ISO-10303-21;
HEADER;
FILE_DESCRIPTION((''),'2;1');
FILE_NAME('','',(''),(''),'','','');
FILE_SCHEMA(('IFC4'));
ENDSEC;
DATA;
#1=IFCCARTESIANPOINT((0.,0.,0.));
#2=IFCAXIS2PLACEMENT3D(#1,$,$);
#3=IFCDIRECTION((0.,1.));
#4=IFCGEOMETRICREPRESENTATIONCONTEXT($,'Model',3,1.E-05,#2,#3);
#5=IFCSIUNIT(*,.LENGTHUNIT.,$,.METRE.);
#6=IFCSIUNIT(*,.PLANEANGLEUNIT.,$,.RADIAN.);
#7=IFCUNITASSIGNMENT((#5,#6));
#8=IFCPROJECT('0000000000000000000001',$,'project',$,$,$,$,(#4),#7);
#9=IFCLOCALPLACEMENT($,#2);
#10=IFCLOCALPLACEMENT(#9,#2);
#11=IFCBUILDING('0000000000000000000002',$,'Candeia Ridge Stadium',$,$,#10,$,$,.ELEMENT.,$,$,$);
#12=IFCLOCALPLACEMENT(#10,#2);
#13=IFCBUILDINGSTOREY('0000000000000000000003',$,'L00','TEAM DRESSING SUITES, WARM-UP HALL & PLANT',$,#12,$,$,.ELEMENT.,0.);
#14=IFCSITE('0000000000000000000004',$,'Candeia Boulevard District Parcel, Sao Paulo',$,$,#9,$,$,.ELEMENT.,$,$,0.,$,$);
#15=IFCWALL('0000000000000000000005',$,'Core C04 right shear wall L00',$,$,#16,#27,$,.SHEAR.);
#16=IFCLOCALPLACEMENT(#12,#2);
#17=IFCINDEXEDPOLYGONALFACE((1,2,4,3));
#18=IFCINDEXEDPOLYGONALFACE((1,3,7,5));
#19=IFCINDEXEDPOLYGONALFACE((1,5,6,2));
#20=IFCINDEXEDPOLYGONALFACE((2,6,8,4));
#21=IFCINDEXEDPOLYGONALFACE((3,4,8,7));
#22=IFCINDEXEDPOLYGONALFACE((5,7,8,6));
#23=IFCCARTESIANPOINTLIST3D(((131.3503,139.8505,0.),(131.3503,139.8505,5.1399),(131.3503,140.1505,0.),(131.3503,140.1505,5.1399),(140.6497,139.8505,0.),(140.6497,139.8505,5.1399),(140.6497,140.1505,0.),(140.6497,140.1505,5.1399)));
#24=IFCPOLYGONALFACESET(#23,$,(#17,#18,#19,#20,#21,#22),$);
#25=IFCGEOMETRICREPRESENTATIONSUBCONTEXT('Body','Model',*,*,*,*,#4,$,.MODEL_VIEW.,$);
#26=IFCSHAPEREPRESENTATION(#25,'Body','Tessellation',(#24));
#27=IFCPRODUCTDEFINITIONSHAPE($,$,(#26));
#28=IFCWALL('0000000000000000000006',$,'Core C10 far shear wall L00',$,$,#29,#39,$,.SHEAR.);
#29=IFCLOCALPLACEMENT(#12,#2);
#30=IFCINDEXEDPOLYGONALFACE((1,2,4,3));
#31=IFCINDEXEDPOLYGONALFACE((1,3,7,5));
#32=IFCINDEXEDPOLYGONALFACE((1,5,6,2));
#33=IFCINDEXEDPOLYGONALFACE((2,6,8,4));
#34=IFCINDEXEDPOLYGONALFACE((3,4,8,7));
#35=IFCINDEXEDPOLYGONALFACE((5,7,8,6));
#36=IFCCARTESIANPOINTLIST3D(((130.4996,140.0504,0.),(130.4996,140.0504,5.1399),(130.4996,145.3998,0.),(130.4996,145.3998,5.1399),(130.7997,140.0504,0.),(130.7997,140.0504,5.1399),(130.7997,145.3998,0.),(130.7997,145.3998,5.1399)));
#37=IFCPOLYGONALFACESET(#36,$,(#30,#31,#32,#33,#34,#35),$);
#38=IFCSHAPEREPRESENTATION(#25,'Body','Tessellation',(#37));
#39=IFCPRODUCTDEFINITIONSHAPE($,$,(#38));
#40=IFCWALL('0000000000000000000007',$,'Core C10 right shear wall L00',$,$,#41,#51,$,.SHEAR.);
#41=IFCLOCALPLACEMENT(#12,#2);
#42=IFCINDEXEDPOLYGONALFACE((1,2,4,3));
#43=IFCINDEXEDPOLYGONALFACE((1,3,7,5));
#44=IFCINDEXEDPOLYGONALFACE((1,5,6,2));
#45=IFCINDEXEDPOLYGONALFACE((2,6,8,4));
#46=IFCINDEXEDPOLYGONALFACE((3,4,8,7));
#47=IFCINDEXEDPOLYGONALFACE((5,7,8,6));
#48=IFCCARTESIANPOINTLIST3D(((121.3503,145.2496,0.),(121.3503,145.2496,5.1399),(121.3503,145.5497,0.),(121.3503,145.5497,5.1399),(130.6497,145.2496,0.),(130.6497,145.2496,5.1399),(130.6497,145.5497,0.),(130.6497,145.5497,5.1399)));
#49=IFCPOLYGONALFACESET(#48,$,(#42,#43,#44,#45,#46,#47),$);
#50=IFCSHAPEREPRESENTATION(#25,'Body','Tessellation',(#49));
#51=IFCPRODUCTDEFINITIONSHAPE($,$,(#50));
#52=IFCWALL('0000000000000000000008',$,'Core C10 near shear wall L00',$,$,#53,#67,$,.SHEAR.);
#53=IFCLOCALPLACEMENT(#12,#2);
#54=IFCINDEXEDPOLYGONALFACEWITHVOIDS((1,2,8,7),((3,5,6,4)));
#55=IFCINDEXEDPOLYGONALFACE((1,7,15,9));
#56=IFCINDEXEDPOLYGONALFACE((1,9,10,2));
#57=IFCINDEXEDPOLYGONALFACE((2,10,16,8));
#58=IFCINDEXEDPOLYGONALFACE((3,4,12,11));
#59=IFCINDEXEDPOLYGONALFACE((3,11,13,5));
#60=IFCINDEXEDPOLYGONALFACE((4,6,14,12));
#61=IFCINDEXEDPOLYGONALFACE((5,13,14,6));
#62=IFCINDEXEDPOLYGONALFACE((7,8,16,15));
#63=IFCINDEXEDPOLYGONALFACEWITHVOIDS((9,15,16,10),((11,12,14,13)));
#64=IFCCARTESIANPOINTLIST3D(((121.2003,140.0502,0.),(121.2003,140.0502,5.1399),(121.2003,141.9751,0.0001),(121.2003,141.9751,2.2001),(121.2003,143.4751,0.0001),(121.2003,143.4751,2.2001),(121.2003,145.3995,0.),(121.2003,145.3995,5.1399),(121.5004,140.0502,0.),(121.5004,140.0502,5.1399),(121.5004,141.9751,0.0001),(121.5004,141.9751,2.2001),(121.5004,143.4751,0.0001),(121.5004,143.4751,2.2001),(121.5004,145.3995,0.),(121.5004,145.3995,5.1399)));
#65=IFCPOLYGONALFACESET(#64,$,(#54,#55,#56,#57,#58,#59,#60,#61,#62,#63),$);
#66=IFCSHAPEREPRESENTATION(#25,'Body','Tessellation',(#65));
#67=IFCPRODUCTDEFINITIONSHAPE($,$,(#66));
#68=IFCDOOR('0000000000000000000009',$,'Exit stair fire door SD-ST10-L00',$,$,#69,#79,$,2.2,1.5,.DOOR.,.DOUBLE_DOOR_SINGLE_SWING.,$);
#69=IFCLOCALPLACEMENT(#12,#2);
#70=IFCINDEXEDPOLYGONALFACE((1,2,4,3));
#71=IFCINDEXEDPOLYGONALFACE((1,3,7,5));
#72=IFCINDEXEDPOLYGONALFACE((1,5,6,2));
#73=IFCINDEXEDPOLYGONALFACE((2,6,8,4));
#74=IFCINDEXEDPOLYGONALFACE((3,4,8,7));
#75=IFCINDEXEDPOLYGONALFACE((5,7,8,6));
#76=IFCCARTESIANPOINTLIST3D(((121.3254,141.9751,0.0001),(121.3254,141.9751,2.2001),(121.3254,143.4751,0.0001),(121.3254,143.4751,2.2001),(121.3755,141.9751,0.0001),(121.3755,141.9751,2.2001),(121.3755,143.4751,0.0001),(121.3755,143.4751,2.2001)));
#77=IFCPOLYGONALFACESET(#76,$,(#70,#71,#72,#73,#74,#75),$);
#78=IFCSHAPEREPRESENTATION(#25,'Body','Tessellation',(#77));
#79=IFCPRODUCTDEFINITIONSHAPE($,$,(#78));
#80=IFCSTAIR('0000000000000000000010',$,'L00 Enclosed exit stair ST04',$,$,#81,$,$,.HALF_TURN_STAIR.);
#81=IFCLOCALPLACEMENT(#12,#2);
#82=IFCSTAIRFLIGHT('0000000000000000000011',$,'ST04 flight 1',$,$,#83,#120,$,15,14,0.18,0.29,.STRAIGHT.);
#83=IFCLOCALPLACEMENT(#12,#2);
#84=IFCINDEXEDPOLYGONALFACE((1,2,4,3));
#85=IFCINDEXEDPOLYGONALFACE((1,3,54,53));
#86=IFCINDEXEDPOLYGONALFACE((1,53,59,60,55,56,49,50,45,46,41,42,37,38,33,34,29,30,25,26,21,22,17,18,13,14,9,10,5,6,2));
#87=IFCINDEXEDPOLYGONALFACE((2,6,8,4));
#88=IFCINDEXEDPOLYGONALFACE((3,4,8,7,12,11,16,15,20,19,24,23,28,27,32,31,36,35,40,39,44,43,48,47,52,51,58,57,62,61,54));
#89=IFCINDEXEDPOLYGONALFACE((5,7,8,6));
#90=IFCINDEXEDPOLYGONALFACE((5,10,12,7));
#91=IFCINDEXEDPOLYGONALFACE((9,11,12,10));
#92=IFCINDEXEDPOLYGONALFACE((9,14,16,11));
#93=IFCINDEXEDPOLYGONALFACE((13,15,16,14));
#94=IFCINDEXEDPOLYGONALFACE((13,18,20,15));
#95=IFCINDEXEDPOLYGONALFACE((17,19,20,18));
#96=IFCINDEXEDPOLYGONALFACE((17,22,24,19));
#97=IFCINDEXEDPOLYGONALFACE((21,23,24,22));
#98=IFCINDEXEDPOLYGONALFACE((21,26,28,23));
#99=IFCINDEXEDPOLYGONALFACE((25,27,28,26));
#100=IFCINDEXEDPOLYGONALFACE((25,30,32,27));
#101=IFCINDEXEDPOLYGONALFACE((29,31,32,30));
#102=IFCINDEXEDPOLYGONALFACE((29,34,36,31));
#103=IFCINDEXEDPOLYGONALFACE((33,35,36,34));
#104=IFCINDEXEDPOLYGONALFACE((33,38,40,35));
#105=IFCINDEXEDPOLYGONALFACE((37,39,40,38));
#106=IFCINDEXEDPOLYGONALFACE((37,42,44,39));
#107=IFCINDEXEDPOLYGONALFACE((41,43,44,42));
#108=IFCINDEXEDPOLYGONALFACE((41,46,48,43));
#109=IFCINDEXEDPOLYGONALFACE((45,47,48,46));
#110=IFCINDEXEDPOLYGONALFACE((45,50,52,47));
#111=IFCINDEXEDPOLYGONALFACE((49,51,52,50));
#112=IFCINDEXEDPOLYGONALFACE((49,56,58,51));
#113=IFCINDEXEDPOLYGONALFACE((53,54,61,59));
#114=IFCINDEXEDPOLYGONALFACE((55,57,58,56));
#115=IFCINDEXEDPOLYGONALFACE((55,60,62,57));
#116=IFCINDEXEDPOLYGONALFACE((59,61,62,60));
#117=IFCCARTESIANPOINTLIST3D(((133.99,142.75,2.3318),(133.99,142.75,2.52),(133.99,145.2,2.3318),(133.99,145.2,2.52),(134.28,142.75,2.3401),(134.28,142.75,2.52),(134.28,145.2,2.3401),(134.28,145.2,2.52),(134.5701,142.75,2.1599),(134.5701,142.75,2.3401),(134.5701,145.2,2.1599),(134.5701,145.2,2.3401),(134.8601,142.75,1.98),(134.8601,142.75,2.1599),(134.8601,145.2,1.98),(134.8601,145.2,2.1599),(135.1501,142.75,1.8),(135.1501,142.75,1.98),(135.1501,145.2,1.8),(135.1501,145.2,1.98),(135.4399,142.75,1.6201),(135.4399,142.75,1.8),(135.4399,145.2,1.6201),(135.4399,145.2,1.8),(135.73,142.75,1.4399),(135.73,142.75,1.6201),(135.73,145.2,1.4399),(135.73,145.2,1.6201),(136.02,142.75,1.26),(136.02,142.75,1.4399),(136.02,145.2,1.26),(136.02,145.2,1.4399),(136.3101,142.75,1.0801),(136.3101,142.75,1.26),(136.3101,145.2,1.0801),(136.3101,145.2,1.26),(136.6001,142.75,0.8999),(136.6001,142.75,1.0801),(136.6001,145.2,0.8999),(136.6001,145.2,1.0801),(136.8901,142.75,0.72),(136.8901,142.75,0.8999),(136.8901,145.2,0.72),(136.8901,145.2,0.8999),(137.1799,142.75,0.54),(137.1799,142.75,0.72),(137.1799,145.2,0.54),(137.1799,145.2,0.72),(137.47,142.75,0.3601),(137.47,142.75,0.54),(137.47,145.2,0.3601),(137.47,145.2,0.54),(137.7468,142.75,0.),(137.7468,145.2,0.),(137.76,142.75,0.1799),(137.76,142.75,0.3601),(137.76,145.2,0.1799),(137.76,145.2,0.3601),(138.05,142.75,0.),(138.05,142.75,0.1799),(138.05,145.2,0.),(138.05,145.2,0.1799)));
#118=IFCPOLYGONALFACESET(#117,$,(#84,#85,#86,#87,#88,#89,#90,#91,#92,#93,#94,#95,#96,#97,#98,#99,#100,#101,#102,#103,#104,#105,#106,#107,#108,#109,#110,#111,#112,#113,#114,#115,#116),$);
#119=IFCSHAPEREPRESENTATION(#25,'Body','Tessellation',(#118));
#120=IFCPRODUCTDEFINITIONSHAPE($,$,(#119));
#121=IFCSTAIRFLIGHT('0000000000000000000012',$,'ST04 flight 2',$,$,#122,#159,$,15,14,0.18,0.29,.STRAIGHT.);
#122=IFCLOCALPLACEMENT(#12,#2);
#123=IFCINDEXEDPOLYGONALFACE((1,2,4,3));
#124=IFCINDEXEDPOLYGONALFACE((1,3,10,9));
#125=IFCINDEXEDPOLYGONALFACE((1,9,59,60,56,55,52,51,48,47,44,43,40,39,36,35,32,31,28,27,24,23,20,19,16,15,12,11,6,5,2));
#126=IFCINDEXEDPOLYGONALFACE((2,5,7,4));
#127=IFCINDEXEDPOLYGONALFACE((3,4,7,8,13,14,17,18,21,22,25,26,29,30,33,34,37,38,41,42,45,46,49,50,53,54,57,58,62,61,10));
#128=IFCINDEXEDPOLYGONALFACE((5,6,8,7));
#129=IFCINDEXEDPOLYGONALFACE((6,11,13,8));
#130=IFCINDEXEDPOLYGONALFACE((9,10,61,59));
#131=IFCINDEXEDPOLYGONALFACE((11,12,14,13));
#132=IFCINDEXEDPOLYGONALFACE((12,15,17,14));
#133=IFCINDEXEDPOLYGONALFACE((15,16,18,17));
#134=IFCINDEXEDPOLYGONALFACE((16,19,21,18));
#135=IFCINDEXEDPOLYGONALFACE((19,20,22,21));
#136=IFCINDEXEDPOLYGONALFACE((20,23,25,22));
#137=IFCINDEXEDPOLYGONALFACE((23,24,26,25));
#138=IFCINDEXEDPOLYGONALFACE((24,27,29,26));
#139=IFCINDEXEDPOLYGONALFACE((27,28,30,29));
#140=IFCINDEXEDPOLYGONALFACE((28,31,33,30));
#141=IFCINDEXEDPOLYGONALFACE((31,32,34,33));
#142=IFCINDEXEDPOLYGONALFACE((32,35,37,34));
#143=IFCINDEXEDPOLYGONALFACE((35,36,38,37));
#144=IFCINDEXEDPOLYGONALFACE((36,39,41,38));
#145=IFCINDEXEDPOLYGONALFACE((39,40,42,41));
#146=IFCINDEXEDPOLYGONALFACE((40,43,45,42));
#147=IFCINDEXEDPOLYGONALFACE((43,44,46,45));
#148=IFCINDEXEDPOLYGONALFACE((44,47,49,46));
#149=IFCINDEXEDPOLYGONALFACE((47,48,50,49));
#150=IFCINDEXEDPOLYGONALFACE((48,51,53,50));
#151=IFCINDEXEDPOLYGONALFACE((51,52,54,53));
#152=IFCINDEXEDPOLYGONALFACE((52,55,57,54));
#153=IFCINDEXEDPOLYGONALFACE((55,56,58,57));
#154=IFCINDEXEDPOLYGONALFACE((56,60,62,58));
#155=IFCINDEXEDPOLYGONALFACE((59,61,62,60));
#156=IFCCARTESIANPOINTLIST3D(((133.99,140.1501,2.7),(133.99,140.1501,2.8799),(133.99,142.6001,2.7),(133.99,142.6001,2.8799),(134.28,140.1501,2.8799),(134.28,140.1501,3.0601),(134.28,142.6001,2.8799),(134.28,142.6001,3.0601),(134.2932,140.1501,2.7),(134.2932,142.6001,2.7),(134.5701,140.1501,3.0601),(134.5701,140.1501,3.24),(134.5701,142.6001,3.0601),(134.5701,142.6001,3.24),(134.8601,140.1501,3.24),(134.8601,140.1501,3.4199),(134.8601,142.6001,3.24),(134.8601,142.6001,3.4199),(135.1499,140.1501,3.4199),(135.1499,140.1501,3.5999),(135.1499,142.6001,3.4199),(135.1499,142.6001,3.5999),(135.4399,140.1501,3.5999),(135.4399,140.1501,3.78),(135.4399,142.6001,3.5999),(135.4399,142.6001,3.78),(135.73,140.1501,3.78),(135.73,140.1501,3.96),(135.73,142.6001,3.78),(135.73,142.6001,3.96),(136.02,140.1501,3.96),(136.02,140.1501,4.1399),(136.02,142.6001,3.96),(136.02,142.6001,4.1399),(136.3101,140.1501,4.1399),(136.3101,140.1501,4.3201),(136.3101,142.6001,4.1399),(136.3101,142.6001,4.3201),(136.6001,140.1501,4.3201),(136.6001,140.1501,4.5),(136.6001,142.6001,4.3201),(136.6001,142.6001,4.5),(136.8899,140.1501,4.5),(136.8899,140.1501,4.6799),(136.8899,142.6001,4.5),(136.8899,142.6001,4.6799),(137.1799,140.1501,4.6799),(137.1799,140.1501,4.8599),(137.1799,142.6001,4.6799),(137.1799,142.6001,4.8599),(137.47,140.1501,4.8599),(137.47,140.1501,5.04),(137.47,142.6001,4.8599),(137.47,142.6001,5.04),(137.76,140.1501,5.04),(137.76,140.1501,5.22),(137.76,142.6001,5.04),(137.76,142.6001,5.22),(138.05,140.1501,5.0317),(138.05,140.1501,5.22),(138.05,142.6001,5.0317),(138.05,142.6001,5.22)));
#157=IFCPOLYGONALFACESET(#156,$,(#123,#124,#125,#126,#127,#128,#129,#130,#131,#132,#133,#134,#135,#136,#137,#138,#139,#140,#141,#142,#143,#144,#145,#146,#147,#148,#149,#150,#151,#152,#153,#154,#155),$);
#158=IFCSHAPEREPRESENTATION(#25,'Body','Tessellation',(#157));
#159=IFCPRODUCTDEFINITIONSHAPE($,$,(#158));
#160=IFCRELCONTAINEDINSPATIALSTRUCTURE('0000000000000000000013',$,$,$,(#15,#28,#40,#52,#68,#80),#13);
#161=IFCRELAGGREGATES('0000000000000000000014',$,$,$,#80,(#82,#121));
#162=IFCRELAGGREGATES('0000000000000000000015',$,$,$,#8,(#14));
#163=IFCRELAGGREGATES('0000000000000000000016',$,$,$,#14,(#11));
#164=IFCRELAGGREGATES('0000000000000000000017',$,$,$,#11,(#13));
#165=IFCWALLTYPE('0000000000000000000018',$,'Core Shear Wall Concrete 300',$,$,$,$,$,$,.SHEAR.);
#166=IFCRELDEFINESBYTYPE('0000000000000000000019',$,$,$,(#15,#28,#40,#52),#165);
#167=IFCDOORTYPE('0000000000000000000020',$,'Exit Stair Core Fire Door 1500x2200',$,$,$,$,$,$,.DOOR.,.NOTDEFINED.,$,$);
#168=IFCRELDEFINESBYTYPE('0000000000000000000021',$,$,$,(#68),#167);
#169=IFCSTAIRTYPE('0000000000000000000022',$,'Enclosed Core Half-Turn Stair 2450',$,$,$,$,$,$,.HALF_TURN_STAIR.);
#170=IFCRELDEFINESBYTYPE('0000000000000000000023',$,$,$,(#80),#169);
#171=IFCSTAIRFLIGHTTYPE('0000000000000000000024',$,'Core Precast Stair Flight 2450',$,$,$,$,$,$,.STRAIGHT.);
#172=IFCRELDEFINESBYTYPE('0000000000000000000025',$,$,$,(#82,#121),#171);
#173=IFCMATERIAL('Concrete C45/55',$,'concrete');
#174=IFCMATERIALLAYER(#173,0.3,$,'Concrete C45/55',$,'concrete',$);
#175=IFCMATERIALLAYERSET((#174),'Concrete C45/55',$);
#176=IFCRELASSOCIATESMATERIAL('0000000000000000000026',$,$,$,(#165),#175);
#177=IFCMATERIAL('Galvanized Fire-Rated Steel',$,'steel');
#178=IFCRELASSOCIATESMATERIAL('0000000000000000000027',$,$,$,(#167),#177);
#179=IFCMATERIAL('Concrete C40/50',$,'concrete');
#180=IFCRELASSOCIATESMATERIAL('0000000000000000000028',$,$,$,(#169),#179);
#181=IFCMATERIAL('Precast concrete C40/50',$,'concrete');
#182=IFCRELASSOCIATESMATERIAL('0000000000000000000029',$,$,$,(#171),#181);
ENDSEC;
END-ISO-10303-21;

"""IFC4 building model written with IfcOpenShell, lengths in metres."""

from ifc_helpers import new_model, si_unit, direction, frame, frame_2d, origin, place, context, subcontext, project, spatial, polyline, rectangle, outline, extrude, material, layer, layer_set, type_object, element, fill, aggregate, save


model = new_model("IFC4")

# Units and contexts
model_context = context("Model", 3, precision=1e-05, world=origin(), true_north=direction((0.0, 1.0)))
body_context = subcontext(model_context, "Body", "Model", "MODEL_VIEW")
ifc_project = project(units=[si_unit("LENGTHUNIT", "METRE"), si_unit("PLANEANGLEUNIT", "RADIAN")], contexts=[model_context])

# Site, building, storey
site_placement = place(None, origin())
site = spatial("IfcSite", under=ifc_project, at=site_placement, Name="Candeia Boulevard District Parcel, Sao Paulo", CompositionType="ELEMENT", RefElevation=0.0)
building_placement = place(site_placement, origin())
building = spatial("IfcBuilding", under=site, at=building_placement, Name="Candeia Ridge Stadium", CompositionType="ELEMENT")
storey_placement = place(building_placement, origin())
storey = spatial("IfcBuildingStorey", under=building, at=storey_placement, Name="L00", Description="TEAM DRESSING SUITES, WARM-UP HALL & PLANT", CompositionType="ELEMENT", Elevation=0.0)

# Shared definitions
ifc_material_1 = material(Name="Concrete C40/50", Category="concrete")

# Walls
ifc_material_2 = material(Name="Concrete C45/55", Category="concrete")
ifc_layer_1 = layer(ifc_material_2, 0.3, Name="Concrete C45/55", Category="concrete")
ifc_layer_set_1 = layer_set([ifc_layer_1], Name="Concrete C45/55")
wall_type = type_object("IfcWallType", Name="Core Shear Wall Concrete 300", PredefinedType="SHEAR", material=ifc_layer_set_1)
wall_1_placement = place(storey_placement, frame((131.3503, 140.0005, 0.0), z_axis=(0.0, 0.0, 1.0), x_axis=(1.0, 0.0, 0.0)))
element("IfcWall", 1, at=wall_1_placement, inside=storey, type_object=wall_type, Name="Core C04 right shear wall L00", PredefinedType="SHEAR", context=body_context, shape_type="SweptSolid", body=[
    extrude(rectangle(XDim=9.2993, YDim=0.3, at=frame_2d((4.6497, 0.0))), origin(), (0.0, 0.0, 1.0), 5.1399),
])
wall_2_placement = place(storey_placement, frame((130.6497, 140.0503, 0.0), z_axis=(0.0, 0.0, 1.0), x_axis=(0.0, 1.0, 0.0)))
element("IfcWall", 2, at=wall_2_placement, inside=storey, type_object=wall_type, Name="Core C10 far shear wall L00", PredefinedType="SHEAR", context=body_context, shape_type="SweptSolid", body=[
    extrude(rectangle(XDim=5.3494, YDim=0.3, at=frame_2d((2.6748, 0.0))), origin(), (0.0, 0.0, 1.0), 5.1399),
])
wall_3_placement = place(storey_placement, frame((130.6497, 145.3997, 0.0), z_axis=(0.0, 0.0, 1.0), x_axis=(-1.0, 0.0, 0.0)))
element("IfcWall", 3, at=wall_3_placement, inside=storey, type_object=wall_type, Name="Core C10 right shear wall L00", PredefinedType="SHEAR", context=body_context, shape_type="SweptSolid", body=[
    extrude(rectangle(XDim=9.2993, YDim=0.3, at=frame_2d((4.6497, 0.0))), origin(), (0.0, 0.0, 1.0), 5.1399),
])

# Wall, opening, door
wall_4_placement = place(storey_placement, frame((121.3503, 145.3997, 0.0), z_axis=(0.0, 0.0, 1.0), x_axis=(0.0, -1.0, 0.0)))
wall_4 = element("IfcWall", 4, at=wall_4_placement, inside=storey, type_object=wall_type, Name="Core C10 near shear wall L00", PredefinedType="SHEAR", context=body_context, shape_type="SweptSolid", body=[
    extrude(rectangle(XDim=5.3494, YDim=0.3, at=frame_2d((2.6748, 0.0))), origin(), (0.0, 0.0, 1.0), 5.1399),
])
opening_placement = place(wall_4_placement, frame((1.9246, 0.0, 0.0)))
opening = element("IfcOpeningElement", 5, at=opening_placement, cuts=wall_4, PredefinedType="OPENING", context=body_context, shape_type="SweptSolid", body=[
    extrude(rectangle(XDim=1.5, YDim=2.2, at=frame_2d((0.75, 1.1001))), frame((0.0, 0.1599, 0.0), z_axis=(0.0, -1.0, 0.0), x_axis=(1.0, 0.0, 0.0)), (0.0, 0.0, 1.0), 0.3201),
])
ifc_material_3 = material(Name="Galvanized Fire-Rated Steel", Category="steel")
door_type = type_object("IfcDoorType", Name="Exit Stair Core Fire Door 1500x2200", OperationType="NOTDEFINED", PredefinedType="DOOR", material=ifc_material_3)
door_placement = place(opening_placement, frame((1.5, 0.0, 0.0), z_axis=(0.0, 0.0, 1.0), x_axis=(-1.0, 0.0, 0.0)))
door = element("IfcDoor", 6, at=door_placement, inside=storey, type_object=door_type, Name="Exit stair fire door SD-ST10-L00", OperationType="DOUBLE_DOOR_SINGLE_SWING", OverallHeight=2.2, OverallWidth=1.5, PredefinedType="DOOR", context=body_context, shape_type="SweptSolid", body=[
    extrude(rectangle(XDim=1.5, YDim=2.2, at=frame_2d((0.75, 1.1001))), frame((0.0, 0.0249, 0.0), z_axis=(0.0, -1.0, 0.0), x_axis=(1.0, 0.0, 0.0)), (0.0, 0.0, 1.0), 0.05),
])
fill(opening, door)

# Stair, stair flights
stair_type = type_object("IfcStairType", Name="Enclosed Core Half-Turn Stair 2450", PredefinedType="HALF_TURN_STAIR", material=ifc_material_1)
stair_1_placement = place(storey_placement, origin())
stair_1 = element("IfcStair", 7, at=stair_1_placement, inside=storey, type_object=stair_type, Name="L00 Enclosed exit stair ST04", PredefinedType="HALF_TURN_STAIR")
ifc_material_4 = material(Name="Precast concrete C40/50", Category="concrete")
stair_flight_type = type_object("IfcStairFlightType", Name="Core Precast Stair Flight 2450", PredefinedType="STRAIGHT", material=ifc_material_4)
stair_flight_1_placement = place(storey_placement, frame((138.05, 143.9751, 0.0), z_axis=(0.0, 0.0, 1.0), x_axis=(-1.0, 0.0, 0.0)))
stair_flight_1 = element("IfcStairFlight", 8, at=stair_flight_1_placement, type_object=stair_flight_type, Name="ST04 flight 1", NumberOfRisers=15, NumberOfTreads=14, PredefinedType="STRAIGHT", RiserHeight=0.18, TreadLength=0.29, context=body_context, shape_type="SweptSolid", body=[
    extrude(outline(polyline([(0.0, 0.0), (0.0, 0.1799), (0.29, 0.1799), (0.29, 0.3601), (0.5801, 0.3601), (0.5801, 0.54), (0.8701, 0.54), (0.8701, 0.72), (1.1599, 0.72), (1.1599, 0.8999), (1.45, 0.8999), (1.45, 1.0801), (1.74, 1.0801), (1.74, 1.26), (2.03, 1.26), (2.03, 1.4399), (2.3201, 1.4399), (2.3201, 1.6201), (2.6101, 1.6201), (2.6101, 1.8), (2.8999, 1.8), (2.8999, 1.98), (3.1899, 1.98), (3.1899, 2.1599), (3.48, 2.1599), (3.48, 2.3401), (3.77, 2.3401), (3.77, 2.52), (4.0601, 2.52), (4.0601, 2.7), (4.0601, 2.3318), (0.3032, 0.0), (0.0, 0.0)])), frame((0.0, 1.2251, 0.0), z_axis=(0.0, -1.0, 0.0), x_axis=(1.0, 0.0, 0.0)), (0.0, 0.0, 1.0), 2.45),
])
stair_flight_2_placement = place(storey_placement, frame((133.99, 141.375, 2.7), z_axis=(0.0, 0.0, 1.0), x_axis=(1.0, 0.0, 0.0)))
stair_flight_2 = element("IfcStairFlight", 9, at=stair_flight_2_placement, type_object=stair_flight_type, Name="ST04 flight 2", NumberOfRisers=15, NumberOfTreads=14, PredefinedType="STRAIGHT", RiserHeight=0.18, TreadLength=0.29, context=body_context, shape_type="SweptSolid", body=[
    extrude(outline(polyline([(0.0, 0.0), (0.0, 0.1799), (0.29, 0.1799), (0.29, 0.3601), (0.5801, 0.3601), (0.5801, 0.54), (0.8701, 0.54), (0.8701, 0.72), (1.1599, 0.72), (1.1599, 0.8999), (1.45, 0.8999), (1.45, 1.0801), (1.74, 1.0801), (1.74, 1.26), (2.03, 1.26), (2.03, 1.4399), (2.3201, 1.4399), (2.3201, 1.6201), (2.6101, 1.6201), (2.6101, 1.8), (2.8999, 1.8), (2.8999, 1.98), (3.1899, 1.98), (3.1899, 2.1599), (3.48, 2.1599), (3.48, 2.3401), (3.77, 2.3401), (3.77, 2.52), (4.0601, 2.52), (4.0601, 2.7), (4.0601, 2.3318), (0.3032, 0.0), (0.0, 0.0)])), frame((0.0, 1.2251, 0.0), z_axis=(0.0, -1.0, 0.0), x_axis=(1.0, 0.0, 0.0)), (0.0, 0.0, 1.0), 2.45),
])
aggregate(stair_1, [stair_flight_1, stair_flight_2])

save(model, "model.ifc")
